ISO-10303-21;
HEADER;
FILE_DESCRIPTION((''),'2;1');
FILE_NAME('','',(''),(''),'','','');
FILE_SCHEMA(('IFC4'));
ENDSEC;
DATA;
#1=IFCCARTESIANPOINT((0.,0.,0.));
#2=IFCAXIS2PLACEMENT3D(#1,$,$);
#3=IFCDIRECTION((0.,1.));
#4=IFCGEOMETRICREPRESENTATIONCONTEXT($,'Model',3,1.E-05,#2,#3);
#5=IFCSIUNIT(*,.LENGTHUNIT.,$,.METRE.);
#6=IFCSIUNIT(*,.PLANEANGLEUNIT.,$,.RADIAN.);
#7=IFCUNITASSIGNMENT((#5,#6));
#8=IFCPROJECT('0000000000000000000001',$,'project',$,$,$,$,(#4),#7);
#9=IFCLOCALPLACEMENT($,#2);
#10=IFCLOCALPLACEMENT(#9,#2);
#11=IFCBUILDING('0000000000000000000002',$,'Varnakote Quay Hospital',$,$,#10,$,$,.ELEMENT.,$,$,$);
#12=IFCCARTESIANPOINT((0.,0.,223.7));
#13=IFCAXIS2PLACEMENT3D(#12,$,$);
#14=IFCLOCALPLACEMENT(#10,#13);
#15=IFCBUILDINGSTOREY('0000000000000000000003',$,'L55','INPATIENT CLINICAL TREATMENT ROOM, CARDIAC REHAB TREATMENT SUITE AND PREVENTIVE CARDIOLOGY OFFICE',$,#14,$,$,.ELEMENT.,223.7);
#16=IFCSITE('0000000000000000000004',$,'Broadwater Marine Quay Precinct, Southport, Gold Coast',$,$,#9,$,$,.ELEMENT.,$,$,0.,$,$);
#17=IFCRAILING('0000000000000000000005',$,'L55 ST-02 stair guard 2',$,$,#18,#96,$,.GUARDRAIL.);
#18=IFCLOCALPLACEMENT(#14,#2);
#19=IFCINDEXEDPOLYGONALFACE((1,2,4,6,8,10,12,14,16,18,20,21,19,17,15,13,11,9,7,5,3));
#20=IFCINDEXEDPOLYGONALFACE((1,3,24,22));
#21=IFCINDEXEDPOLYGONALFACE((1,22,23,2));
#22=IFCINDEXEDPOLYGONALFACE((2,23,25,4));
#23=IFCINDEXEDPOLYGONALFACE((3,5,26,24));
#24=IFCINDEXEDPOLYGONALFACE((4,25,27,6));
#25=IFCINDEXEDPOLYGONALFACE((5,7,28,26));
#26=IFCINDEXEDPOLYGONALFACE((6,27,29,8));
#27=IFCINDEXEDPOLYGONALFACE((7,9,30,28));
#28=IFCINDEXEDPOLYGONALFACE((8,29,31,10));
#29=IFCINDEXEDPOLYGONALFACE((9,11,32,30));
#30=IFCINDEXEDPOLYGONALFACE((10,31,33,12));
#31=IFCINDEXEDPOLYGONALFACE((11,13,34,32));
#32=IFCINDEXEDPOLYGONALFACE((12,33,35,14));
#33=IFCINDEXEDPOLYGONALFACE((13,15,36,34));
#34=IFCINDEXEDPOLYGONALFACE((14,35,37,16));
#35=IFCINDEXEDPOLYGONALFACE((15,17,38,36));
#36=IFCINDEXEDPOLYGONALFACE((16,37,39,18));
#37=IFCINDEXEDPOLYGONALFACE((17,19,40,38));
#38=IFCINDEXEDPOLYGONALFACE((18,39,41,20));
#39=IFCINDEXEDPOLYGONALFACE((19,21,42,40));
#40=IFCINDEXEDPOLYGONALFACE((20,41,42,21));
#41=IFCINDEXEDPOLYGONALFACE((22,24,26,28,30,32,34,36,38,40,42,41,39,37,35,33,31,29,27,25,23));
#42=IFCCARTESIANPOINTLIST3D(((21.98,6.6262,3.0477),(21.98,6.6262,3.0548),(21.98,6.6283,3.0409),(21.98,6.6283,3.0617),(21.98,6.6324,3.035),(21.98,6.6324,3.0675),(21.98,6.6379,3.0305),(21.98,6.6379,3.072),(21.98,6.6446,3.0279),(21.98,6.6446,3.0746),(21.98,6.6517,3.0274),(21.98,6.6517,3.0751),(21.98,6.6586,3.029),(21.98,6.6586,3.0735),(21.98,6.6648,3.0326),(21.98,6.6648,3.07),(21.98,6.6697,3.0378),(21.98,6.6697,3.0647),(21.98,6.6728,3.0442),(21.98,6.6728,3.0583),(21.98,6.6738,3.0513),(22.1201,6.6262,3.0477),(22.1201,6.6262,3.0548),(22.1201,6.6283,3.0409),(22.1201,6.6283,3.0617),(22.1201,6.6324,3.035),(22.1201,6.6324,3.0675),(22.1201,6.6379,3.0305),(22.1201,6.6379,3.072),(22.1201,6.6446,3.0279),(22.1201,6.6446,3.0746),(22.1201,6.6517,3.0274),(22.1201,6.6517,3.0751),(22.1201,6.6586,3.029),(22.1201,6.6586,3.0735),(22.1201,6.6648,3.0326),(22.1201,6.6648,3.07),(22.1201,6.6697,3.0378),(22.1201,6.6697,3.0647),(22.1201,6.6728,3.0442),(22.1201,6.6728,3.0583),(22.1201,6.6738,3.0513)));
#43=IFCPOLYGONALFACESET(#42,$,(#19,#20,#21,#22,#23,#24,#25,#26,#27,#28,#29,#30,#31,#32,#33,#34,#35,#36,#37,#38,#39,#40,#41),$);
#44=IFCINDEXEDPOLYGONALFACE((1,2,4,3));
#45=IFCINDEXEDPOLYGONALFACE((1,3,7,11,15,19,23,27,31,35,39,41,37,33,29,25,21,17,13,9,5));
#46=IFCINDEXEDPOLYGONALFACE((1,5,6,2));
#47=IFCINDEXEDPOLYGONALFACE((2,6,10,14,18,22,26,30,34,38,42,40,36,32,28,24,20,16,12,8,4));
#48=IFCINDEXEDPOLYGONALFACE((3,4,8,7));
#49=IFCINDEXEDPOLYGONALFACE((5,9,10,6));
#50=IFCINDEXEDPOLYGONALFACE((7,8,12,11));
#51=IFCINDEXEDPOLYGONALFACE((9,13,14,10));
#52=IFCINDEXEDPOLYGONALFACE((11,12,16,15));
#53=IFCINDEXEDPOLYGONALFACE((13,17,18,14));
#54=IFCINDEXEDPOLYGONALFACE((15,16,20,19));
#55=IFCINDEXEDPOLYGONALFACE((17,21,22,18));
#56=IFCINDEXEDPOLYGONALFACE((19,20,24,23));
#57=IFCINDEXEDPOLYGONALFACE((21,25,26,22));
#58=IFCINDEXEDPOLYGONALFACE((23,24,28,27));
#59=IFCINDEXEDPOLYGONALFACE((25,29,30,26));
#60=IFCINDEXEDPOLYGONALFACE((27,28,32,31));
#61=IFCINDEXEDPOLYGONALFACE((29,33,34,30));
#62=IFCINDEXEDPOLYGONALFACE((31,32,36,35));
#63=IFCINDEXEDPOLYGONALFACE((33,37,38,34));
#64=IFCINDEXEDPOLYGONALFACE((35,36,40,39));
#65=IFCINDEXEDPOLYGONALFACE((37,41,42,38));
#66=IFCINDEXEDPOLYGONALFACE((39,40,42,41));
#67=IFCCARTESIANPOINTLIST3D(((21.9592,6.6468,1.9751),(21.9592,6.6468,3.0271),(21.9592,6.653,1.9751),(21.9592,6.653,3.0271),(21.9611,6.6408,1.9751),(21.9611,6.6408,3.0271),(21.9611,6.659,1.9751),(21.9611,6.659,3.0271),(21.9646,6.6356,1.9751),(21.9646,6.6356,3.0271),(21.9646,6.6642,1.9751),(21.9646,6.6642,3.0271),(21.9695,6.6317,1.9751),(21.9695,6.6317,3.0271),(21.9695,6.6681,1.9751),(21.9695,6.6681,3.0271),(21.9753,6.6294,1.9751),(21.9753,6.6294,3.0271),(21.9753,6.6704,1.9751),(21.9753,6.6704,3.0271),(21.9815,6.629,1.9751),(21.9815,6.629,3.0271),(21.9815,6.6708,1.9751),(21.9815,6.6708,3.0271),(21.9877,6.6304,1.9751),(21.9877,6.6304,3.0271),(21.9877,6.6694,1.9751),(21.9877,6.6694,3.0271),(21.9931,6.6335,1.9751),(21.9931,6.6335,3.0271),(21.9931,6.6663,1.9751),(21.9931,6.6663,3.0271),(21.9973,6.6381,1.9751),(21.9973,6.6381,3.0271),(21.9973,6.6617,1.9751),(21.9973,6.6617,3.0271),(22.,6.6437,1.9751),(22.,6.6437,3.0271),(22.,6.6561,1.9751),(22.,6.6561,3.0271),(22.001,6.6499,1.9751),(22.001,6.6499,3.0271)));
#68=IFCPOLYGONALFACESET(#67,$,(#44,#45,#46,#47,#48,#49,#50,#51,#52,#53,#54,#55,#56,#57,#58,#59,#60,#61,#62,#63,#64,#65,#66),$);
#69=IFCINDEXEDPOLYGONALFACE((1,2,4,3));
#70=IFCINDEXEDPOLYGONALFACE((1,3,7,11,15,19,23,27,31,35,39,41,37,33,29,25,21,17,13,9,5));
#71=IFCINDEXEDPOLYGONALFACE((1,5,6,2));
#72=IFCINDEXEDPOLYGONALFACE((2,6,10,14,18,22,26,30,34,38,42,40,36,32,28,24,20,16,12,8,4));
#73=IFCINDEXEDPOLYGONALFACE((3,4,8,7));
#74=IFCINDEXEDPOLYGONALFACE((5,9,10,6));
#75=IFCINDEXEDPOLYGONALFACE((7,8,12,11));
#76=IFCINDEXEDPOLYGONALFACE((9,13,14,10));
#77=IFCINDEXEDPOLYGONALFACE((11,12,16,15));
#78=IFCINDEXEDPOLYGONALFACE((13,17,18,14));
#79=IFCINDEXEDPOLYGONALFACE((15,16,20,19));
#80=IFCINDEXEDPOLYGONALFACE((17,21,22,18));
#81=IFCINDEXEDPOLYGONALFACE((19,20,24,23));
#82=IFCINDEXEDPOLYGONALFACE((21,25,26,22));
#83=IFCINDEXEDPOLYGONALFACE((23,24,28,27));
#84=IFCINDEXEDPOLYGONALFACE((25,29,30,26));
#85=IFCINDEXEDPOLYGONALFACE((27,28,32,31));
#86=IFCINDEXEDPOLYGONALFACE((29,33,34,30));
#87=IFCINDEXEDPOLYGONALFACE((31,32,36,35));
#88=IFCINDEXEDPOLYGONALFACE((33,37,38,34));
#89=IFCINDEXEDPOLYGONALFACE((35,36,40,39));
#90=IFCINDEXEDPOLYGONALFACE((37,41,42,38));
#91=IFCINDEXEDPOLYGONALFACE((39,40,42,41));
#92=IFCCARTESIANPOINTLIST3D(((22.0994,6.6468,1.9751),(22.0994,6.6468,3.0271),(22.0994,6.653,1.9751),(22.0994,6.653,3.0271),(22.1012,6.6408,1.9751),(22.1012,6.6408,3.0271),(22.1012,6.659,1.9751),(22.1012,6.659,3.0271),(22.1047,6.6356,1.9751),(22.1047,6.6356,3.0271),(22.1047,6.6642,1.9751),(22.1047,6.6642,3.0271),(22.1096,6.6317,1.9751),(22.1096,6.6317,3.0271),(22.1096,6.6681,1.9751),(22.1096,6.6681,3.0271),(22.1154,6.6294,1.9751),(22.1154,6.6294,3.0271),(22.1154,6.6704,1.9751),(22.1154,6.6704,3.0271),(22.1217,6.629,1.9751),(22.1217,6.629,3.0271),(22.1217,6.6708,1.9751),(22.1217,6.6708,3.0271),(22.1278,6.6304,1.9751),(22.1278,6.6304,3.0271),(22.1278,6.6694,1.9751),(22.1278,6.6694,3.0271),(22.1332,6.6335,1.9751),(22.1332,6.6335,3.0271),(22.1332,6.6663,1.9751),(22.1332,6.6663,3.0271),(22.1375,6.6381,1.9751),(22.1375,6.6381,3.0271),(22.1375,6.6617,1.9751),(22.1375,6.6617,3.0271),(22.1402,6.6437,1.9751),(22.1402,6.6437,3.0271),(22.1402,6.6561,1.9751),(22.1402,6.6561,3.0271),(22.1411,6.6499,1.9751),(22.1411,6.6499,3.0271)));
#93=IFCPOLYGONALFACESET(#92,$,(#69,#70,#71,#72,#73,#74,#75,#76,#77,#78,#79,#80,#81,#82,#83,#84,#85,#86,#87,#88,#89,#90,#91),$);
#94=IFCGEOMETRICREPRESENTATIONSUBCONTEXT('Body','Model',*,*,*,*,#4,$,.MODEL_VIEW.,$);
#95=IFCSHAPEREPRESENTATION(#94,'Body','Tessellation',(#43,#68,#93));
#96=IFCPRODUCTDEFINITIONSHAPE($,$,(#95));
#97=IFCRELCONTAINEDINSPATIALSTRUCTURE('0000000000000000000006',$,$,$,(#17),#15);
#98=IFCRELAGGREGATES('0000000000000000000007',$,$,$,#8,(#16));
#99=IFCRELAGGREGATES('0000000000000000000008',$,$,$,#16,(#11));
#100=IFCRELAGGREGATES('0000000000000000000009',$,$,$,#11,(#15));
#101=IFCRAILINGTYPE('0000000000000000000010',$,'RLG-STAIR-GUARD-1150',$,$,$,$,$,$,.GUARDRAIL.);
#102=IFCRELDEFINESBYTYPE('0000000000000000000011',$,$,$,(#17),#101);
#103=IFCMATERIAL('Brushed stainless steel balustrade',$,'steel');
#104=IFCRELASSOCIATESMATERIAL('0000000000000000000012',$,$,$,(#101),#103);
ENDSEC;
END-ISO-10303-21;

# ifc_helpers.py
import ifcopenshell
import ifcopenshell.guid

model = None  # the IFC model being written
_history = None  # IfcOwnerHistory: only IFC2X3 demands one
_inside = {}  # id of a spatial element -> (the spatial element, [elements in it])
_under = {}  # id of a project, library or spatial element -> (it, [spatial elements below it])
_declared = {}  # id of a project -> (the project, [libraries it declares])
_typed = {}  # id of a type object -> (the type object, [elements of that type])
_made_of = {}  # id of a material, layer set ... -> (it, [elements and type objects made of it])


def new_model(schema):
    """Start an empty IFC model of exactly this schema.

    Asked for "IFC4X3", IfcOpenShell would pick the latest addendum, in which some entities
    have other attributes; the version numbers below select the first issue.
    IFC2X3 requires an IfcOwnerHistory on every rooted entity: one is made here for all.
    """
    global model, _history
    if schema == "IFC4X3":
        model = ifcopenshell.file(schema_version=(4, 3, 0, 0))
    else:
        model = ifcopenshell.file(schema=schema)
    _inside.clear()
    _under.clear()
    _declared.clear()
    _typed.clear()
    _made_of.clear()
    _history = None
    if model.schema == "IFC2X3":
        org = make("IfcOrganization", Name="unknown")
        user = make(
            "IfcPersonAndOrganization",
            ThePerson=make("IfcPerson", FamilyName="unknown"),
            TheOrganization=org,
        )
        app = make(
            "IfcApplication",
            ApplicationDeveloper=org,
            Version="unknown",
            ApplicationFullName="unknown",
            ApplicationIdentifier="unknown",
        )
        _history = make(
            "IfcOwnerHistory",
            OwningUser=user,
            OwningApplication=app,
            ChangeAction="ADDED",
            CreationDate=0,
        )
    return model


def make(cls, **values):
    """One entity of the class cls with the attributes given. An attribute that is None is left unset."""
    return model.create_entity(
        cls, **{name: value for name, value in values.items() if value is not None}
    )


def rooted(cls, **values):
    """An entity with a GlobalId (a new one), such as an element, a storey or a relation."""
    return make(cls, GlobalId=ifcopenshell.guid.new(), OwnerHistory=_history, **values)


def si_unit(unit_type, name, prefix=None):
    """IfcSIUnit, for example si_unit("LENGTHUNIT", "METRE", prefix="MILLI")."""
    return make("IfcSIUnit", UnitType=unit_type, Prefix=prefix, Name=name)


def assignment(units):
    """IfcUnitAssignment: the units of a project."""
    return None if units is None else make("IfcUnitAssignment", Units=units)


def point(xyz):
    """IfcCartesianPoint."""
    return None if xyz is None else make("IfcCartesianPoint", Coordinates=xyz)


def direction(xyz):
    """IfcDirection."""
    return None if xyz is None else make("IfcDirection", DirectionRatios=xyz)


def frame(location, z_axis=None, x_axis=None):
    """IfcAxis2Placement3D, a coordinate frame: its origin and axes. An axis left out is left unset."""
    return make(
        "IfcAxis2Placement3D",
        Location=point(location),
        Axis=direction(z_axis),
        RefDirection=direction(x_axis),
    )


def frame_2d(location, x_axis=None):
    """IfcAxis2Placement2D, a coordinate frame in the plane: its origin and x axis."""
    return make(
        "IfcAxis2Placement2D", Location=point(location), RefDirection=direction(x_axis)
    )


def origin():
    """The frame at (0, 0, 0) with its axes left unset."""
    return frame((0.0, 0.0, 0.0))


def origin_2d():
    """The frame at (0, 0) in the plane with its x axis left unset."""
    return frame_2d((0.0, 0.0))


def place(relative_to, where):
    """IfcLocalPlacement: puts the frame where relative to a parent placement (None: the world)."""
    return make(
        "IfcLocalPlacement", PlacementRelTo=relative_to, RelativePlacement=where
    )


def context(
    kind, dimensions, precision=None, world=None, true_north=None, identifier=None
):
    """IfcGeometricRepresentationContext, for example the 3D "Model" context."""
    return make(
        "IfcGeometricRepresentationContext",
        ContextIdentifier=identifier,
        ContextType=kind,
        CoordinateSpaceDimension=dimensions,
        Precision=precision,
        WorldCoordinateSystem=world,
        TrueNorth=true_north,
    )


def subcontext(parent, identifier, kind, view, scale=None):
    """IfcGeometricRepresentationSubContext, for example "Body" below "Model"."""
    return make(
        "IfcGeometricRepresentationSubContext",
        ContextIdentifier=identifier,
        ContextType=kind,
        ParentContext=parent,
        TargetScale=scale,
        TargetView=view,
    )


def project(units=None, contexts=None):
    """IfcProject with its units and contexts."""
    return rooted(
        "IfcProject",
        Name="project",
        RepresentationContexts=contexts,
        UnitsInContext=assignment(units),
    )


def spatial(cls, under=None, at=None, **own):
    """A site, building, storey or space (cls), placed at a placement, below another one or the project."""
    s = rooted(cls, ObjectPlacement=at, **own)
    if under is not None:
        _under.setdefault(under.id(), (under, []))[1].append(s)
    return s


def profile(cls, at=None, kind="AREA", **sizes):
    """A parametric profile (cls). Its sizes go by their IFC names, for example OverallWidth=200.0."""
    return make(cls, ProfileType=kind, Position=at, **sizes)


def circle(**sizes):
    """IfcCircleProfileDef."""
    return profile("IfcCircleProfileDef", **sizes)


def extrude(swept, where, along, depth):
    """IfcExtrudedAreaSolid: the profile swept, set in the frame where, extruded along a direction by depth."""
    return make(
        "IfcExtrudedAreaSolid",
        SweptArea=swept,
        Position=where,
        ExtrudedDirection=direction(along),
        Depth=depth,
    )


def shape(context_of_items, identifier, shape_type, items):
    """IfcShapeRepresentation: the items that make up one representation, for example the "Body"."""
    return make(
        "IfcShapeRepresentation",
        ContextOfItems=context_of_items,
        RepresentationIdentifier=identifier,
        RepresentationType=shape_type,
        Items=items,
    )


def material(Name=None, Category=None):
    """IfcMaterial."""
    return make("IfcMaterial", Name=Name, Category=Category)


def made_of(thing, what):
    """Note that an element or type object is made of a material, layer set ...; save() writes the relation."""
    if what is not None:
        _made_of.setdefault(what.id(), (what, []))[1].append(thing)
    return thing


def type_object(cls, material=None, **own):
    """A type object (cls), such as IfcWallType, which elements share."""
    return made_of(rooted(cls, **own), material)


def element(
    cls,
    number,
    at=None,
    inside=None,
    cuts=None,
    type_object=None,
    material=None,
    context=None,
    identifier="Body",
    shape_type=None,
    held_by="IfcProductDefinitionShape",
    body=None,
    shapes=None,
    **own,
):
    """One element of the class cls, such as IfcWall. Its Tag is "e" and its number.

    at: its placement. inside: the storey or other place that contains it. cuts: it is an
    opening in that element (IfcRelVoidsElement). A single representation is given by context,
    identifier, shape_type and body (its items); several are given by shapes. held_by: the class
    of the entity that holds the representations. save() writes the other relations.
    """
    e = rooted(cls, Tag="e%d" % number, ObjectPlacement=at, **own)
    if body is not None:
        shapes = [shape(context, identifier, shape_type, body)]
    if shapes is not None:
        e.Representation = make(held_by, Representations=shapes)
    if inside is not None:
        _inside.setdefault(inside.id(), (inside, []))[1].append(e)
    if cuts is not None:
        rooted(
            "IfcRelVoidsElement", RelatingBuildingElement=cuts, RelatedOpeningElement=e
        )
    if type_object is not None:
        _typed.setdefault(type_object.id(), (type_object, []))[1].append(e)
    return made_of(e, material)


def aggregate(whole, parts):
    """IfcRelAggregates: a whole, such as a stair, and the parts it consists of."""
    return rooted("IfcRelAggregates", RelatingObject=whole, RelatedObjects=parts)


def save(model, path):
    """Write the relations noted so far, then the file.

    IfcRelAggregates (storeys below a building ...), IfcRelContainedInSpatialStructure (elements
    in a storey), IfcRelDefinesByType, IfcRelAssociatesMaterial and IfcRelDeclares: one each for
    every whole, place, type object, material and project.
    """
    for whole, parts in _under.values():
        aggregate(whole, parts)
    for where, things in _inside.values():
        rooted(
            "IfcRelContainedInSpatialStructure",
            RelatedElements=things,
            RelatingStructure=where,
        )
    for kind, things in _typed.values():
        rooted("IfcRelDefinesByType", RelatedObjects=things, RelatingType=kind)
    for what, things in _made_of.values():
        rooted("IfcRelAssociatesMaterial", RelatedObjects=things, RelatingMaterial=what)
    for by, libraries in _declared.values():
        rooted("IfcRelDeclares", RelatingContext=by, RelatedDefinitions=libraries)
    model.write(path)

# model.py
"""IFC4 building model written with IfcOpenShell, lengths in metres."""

from ifc_helpers import new_model, si_unit, direction, frame, origin, origin_2d, place, context, subcontext, project, spatial, circle, extrude, material, type_object, element, save


model = new_model("IFC4")

# Units and contexts
model_context = context("Model", 3, precision=1e-05, world=origin(), true_north=direction((0.0, 1.0)))
body_context = subcontext(model_context, "Body", "Model", "MODEL_VIEW")
ifc_project = project(units=[si_unit("LENGTHUNIT", "METRE"), si_unit("PLANEANGLEUNIT", "RADIAN")], contexts=[model_context])

# Site, building, storey
site_placement = place(None, origin())
site = spatial("IfcSite", under=ifc_project, at=site_placement, Name="Broadwater Marine Quay Precinct, Southport, Gold Coast", CompositionType="ELEMENT", RefElevation=0.0)
building_placement = place(site_placement, origin())
building = spatial("IfcBuilding", under=site, at=building_placement, Name="Varnakote Quay Hospital", CompositionType="ELEMENT")
storey_placement = place(building_placement, frame((0.0, 0.0, 223.7)))
storey = spatial("IfcBuildingStorey", under=building, at=storey_placement, Name="L55", Description="INPATIENT CLINICAL TREATMENT ROOM, CARDIAC REHAB TREATMENT SUITE AND PREVENTIVE CARDIOLOGY OFFICE", CompositionType="ELEMENT", Elevation=223.7)

# Railing
ifc_material_1 = material(Name="Brushed stainless steel balustrade", Category="steel")
railing_type_1 = type_object("IfcRailingType", Name="RLG-STAIR-GUARD-1150", PredefinedType="GUARDRAIL", material=ifc_material_1)
railing_1_placement = place(storey_placement, frame((21.98, 6.6499, 1.9751)))
element("IfcRailing", 1, at=railing_1_placement, inside=storey, type_object=railing_type_1, Name="L55 ST-02 stair guard 2", PredefinedType="GUARDRAIL", context=body_context, shape_type="SweptSolid", body=[
    extrude(circle(Radius=0.0239, at=origin_2d()), frame((0.0, 0.0, 1.0762), z_axis=(1.0, 0.0, 0.0), x_axis=(0.0, 1.0, 0.0)), (0.0, 0.0, 1.0), 0.1401),
    extrude(circle(Radius=0.021, at=origin_2d()), origin(), (0.0, 0.0, 1.0), 1.052),
    extrude(circle(Radius=0.021, at=origin_2d()), frame((0.1401, 0.0, 0.0)), (0.0, 0.0, 1.0), 1.052),
])

save(model, "model.ifc")
